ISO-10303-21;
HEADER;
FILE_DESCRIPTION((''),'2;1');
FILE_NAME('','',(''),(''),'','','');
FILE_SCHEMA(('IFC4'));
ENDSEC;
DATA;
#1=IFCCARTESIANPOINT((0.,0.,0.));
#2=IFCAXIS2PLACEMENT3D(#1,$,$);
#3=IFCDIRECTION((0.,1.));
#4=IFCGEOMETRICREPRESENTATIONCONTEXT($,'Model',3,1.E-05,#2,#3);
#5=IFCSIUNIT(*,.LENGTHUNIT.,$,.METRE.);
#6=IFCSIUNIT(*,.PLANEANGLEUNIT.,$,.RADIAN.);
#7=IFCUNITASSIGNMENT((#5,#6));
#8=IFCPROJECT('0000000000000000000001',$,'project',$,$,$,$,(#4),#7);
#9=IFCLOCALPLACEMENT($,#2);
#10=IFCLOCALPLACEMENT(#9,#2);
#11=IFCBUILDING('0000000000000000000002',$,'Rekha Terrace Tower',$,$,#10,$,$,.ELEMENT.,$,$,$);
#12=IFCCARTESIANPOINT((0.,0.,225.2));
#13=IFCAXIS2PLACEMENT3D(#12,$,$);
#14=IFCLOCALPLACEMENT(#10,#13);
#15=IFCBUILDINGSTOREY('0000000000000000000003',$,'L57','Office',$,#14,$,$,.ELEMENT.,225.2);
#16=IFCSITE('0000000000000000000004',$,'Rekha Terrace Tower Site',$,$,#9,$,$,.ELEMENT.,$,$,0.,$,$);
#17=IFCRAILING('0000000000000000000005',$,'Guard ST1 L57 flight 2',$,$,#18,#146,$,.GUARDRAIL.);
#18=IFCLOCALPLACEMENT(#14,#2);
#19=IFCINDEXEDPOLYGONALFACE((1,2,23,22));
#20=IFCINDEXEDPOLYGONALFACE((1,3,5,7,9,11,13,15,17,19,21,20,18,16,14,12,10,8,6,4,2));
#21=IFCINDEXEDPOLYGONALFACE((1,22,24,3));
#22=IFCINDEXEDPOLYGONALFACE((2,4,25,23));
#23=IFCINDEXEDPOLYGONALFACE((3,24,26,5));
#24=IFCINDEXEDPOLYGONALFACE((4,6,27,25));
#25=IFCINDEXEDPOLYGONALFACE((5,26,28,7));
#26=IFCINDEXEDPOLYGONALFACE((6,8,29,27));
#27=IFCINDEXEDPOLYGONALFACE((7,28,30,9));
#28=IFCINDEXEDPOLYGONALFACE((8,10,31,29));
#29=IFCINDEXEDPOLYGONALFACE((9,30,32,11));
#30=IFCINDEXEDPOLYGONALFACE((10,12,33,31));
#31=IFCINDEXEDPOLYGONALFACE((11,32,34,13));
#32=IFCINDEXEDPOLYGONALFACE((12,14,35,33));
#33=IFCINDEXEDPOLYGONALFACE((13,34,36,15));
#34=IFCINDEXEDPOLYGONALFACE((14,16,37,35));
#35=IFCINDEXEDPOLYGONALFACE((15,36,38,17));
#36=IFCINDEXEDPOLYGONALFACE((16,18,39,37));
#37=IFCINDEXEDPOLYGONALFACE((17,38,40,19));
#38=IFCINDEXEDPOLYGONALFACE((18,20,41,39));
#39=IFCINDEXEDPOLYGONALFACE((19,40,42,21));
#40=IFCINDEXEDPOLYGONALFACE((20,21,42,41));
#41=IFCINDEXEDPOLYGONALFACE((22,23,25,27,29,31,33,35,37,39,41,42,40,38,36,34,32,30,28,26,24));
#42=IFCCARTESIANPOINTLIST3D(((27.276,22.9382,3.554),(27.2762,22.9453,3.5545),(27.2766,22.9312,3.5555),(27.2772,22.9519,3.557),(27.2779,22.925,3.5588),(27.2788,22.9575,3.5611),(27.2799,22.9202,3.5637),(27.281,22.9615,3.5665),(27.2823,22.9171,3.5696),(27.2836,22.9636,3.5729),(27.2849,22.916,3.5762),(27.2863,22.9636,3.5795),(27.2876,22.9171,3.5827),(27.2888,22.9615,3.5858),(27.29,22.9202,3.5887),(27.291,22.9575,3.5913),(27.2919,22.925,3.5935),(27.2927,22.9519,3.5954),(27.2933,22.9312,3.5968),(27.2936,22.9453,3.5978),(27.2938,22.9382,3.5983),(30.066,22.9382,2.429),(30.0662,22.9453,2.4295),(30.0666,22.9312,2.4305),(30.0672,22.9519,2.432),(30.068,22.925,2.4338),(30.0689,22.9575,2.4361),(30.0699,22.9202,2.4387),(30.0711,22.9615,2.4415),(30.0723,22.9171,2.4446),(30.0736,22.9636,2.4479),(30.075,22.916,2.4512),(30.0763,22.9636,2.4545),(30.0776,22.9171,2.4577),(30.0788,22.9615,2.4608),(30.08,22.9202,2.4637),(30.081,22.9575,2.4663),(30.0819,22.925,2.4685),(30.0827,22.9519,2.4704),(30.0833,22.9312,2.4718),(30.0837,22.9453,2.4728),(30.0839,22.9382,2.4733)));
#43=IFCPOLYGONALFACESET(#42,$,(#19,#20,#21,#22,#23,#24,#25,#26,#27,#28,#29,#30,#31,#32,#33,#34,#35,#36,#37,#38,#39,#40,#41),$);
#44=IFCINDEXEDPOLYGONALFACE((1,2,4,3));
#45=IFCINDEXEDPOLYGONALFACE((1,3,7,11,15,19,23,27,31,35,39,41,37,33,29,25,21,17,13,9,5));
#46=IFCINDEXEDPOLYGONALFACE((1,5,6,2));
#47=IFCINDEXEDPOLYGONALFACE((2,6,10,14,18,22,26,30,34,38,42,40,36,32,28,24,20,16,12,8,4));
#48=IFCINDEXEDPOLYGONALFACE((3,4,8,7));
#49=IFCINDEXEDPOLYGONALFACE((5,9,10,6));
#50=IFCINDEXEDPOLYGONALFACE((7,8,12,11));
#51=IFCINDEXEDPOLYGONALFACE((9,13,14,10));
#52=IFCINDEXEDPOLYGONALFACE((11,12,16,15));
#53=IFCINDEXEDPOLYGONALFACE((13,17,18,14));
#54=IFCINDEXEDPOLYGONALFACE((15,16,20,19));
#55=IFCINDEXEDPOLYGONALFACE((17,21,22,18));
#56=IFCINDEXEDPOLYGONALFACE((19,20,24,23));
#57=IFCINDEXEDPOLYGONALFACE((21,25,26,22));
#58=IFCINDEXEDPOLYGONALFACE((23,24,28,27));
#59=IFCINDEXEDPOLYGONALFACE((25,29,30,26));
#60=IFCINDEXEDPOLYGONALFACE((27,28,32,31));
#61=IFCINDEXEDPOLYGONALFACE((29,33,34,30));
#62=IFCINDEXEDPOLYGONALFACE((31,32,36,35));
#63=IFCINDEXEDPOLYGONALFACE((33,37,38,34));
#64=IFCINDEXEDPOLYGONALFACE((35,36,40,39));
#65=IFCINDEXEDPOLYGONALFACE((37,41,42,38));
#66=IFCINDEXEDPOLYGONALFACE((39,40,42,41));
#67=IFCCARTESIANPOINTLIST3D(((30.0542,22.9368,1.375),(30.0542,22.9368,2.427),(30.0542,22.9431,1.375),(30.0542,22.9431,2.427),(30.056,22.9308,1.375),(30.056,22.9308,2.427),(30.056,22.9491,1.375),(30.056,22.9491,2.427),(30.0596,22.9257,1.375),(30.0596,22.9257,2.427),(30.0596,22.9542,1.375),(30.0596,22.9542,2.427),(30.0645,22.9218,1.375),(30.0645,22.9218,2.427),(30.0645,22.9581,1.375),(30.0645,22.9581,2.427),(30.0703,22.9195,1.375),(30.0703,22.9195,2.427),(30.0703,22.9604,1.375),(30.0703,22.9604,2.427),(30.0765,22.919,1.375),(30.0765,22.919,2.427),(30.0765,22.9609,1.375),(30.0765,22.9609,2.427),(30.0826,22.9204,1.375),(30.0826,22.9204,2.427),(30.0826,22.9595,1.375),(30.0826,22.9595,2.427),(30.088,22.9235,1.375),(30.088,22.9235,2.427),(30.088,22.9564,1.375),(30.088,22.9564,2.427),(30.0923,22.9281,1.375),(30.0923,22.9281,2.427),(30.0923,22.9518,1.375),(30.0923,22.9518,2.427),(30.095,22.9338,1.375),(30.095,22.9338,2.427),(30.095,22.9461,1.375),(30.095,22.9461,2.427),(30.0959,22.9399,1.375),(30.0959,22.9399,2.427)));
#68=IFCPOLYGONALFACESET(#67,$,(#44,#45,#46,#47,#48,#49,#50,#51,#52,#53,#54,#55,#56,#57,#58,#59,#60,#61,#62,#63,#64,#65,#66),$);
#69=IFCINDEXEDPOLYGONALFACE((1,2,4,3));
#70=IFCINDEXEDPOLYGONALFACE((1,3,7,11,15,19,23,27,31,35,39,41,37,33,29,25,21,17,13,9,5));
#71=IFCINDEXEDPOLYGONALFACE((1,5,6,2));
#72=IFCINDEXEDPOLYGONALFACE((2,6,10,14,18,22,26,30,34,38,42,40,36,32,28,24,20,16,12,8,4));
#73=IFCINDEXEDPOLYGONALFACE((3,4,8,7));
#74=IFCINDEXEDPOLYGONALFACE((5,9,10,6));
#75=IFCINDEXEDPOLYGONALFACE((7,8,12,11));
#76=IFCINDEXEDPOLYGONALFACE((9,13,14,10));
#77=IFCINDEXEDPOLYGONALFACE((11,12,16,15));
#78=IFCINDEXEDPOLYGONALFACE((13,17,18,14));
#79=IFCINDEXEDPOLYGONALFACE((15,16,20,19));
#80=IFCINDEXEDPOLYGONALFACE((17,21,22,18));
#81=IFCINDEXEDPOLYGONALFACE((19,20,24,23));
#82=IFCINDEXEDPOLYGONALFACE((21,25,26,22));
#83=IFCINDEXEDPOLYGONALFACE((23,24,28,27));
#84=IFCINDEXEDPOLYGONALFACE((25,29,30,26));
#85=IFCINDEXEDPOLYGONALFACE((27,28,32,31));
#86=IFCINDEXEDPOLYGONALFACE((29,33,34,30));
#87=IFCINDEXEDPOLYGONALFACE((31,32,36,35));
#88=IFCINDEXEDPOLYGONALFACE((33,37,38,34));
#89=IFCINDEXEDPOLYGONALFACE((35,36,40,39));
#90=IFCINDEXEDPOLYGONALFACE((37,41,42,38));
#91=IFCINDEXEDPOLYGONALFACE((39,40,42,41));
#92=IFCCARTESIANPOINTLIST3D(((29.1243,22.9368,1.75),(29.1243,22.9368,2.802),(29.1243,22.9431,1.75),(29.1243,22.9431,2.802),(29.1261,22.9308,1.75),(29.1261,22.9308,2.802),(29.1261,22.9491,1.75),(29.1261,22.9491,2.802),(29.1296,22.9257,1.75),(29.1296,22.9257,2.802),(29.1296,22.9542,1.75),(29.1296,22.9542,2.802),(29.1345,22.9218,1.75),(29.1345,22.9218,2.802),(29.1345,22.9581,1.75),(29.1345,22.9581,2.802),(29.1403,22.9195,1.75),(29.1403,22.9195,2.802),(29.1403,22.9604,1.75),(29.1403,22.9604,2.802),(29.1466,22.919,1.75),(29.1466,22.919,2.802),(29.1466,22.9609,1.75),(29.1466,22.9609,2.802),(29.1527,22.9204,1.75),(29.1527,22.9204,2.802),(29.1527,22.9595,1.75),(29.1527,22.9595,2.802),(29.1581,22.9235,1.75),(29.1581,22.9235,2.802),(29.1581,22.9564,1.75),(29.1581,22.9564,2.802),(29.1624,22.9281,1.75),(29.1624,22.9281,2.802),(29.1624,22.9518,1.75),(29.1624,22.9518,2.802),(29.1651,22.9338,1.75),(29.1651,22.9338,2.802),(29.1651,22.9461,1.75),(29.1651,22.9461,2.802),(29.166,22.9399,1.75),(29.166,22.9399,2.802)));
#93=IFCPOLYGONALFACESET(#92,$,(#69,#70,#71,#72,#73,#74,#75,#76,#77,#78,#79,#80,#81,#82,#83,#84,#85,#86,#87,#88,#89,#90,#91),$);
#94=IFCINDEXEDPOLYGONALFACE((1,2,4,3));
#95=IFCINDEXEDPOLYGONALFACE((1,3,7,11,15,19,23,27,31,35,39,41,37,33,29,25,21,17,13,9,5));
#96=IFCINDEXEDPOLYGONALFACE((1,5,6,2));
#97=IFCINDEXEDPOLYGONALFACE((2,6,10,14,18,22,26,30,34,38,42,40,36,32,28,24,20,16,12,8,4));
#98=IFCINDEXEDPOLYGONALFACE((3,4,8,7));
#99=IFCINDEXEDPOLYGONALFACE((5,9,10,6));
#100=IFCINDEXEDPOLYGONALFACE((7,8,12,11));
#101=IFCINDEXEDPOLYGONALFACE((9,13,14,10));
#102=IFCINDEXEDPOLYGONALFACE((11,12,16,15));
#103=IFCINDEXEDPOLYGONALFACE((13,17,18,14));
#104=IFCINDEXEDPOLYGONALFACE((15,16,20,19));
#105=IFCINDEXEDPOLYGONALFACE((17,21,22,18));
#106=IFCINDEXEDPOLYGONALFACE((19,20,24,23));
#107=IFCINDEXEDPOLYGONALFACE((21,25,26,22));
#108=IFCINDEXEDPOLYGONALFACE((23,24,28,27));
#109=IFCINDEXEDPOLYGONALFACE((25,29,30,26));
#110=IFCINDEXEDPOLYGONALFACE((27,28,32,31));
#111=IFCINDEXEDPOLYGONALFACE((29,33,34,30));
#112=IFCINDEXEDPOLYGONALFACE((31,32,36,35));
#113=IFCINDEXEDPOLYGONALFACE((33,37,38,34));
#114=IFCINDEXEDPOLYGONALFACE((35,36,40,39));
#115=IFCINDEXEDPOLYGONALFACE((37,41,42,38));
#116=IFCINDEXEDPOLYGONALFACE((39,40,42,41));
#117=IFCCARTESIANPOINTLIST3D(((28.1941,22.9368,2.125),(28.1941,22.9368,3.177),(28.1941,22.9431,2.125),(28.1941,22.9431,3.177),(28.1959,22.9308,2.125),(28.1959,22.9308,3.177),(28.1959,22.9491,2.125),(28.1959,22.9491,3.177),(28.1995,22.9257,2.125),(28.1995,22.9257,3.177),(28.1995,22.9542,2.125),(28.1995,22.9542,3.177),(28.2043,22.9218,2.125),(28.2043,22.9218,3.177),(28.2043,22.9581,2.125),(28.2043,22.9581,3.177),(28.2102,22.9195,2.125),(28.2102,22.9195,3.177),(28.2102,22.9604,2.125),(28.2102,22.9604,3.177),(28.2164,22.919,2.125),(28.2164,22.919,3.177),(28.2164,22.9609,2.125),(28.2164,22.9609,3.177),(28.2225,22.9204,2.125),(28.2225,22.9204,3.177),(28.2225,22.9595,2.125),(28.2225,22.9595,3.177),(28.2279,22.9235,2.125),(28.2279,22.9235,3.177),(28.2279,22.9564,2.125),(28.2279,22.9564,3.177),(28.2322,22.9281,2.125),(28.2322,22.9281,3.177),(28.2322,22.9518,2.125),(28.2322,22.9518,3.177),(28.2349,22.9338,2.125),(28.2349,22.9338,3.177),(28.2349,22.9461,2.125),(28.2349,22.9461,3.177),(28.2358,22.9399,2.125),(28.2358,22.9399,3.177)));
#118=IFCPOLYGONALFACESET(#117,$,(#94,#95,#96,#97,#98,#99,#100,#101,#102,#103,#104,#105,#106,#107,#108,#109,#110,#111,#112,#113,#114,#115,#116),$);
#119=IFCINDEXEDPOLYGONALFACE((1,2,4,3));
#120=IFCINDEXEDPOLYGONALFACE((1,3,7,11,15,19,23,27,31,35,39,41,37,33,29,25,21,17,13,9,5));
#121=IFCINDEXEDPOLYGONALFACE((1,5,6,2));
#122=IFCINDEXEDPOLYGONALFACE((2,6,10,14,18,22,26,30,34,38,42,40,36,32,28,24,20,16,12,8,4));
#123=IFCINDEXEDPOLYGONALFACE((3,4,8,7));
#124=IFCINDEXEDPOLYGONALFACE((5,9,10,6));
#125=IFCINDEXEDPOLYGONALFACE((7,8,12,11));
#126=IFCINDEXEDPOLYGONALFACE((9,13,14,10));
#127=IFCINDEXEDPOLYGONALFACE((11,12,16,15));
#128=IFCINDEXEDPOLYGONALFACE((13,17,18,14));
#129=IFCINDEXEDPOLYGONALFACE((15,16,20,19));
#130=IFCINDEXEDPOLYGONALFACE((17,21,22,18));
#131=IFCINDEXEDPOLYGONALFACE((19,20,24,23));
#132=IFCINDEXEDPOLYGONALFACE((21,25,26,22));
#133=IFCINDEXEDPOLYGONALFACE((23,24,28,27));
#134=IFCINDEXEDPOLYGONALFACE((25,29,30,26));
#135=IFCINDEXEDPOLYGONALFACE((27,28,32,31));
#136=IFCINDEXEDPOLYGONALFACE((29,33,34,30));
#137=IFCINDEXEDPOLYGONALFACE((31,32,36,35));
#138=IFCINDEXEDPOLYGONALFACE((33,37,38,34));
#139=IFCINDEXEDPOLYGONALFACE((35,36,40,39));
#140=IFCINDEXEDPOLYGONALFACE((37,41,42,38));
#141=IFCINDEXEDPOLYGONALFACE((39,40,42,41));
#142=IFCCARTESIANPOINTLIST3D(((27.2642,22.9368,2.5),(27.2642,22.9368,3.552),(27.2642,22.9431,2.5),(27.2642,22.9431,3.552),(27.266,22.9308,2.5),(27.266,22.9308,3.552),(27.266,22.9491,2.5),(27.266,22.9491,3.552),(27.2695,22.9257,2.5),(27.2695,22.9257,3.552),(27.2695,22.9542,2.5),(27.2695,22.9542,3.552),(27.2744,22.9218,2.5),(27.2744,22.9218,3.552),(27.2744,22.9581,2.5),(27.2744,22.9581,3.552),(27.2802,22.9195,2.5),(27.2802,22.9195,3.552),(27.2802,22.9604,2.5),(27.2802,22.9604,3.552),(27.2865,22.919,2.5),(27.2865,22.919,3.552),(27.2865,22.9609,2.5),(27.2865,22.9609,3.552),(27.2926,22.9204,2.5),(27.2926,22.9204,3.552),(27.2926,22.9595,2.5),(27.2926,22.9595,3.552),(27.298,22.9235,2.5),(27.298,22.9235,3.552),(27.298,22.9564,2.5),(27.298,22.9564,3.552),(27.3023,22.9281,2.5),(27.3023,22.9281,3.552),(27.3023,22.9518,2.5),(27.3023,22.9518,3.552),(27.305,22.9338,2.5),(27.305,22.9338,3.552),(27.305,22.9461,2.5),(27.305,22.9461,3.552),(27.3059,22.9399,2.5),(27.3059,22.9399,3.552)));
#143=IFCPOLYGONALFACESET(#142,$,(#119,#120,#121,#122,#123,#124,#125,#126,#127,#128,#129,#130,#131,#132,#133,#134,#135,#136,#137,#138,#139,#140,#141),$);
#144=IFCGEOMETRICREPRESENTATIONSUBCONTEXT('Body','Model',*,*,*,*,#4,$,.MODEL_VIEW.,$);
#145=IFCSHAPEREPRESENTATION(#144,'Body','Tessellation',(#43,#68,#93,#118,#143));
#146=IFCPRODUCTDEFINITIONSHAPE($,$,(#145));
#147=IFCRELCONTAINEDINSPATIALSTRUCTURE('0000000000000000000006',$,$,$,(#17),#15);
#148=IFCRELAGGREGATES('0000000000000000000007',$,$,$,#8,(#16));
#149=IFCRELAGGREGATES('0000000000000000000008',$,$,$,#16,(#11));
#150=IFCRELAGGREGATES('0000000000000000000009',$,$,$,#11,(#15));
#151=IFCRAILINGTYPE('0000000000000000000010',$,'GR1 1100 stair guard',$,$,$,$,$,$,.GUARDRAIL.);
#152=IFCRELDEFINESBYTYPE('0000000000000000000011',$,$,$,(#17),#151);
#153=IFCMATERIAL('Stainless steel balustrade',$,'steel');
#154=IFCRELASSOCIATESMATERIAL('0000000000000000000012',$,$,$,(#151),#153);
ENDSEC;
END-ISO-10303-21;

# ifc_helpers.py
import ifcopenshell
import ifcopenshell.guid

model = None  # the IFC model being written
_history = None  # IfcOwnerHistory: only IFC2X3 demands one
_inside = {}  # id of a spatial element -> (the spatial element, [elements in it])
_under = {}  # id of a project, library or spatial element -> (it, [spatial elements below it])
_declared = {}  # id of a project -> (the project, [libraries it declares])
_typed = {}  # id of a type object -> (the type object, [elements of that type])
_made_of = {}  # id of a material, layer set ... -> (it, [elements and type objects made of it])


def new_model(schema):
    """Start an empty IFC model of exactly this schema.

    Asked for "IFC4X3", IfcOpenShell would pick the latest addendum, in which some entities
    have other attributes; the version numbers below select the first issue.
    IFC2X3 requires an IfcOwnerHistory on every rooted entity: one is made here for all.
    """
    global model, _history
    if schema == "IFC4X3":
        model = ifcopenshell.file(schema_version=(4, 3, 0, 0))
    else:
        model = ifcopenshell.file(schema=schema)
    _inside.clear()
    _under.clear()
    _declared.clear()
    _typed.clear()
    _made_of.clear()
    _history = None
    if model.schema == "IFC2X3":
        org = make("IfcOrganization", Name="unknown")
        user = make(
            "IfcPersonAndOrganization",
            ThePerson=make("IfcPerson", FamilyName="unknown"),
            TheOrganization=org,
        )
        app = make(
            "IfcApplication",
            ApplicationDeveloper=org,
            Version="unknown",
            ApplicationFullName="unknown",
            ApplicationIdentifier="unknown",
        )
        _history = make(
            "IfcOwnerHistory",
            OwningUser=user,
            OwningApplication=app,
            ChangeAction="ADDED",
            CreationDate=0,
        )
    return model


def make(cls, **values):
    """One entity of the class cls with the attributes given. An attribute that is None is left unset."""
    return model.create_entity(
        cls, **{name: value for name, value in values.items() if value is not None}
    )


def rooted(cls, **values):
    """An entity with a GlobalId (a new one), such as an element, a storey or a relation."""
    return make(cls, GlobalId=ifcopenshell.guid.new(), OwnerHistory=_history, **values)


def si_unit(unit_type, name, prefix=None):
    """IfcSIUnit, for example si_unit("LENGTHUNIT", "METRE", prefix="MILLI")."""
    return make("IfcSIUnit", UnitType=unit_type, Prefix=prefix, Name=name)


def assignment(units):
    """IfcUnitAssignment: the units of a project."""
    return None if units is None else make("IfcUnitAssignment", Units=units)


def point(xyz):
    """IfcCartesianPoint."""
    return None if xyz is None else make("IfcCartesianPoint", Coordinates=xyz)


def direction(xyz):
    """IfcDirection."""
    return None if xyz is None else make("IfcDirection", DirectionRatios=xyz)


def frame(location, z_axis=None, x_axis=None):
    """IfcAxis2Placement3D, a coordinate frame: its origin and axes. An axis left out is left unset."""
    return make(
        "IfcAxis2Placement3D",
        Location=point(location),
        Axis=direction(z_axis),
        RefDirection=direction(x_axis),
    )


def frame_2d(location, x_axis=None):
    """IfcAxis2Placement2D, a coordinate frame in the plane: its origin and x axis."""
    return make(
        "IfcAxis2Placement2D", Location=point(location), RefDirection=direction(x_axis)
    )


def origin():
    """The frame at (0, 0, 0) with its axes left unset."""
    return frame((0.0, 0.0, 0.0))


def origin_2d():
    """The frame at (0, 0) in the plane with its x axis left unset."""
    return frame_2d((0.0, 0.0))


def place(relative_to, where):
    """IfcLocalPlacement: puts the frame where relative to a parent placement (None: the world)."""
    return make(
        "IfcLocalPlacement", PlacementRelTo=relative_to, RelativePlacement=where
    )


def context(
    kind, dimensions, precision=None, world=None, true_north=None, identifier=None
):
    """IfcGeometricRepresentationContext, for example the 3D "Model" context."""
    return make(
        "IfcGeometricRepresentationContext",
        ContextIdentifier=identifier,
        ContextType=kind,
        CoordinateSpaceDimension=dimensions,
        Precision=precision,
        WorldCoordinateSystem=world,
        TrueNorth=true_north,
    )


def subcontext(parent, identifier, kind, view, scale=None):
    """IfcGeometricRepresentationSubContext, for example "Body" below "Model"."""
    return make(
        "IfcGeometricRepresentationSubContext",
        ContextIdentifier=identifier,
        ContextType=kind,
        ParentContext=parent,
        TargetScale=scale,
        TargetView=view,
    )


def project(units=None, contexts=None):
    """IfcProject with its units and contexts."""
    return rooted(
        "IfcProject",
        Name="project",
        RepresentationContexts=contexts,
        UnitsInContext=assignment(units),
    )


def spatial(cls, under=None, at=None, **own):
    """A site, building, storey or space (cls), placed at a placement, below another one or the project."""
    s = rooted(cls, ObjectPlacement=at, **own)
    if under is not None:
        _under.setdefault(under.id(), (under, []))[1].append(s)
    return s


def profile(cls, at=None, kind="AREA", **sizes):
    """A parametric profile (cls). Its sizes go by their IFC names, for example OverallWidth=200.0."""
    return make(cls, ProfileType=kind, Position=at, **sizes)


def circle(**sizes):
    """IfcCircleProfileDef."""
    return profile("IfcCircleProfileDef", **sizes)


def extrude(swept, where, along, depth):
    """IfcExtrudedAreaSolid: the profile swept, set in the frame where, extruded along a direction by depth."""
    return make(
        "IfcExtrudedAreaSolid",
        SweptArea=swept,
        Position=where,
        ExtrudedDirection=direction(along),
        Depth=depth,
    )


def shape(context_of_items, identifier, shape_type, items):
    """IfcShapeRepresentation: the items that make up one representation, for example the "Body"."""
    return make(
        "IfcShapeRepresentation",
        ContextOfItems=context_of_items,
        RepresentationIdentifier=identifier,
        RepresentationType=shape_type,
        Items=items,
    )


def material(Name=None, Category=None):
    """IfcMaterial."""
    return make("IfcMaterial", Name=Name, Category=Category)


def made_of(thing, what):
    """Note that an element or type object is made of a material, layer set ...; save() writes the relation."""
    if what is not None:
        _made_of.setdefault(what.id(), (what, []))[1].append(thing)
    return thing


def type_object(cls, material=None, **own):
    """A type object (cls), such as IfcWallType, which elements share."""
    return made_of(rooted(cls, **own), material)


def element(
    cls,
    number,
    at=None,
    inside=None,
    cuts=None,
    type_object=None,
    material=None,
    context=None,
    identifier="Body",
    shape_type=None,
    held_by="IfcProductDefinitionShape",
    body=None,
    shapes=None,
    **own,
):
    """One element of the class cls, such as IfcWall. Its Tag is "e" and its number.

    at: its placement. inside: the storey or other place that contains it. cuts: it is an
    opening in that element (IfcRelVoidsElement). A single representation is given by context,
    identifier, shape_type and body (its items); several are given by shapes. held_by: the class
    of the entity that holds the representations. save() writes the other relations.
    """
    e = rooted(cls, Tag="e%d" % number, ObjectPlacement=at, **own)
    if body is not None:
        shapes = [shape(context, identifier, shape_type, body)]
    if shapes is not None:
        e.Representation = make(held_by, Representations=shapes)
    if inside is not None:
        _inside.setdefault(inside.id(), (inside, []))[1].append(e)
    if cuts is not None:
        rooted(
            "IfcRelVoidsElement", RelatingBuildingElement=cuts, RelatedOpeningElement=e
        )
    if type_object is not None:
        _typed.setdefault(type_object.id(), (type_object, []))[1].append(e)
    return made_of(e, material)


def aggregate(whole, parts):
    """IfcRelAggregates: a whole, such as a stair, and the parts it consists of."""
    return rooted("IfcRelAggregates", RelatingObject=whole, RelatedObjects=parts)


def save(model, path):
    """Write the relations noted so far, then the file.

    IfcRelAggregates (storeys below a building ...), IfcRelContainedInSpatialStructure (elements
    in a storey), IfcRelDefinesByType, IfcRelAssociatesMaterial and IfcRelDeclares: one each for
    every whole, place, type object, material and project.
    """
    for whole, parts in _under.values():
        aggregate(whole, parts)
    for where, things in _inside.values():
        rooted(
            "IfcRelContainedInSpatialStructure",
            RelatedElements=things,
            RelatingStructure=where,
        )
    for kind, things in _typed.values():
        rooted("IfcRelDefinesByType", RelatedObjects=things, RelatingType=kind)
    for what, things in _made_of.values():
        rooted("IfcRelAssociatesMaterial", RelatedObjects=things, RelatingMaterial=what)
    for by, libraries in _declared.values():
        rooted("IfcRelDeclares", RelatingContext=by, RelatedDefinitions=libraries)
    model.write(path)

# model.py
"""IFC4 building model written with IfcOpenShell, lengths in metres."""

from ifc_helpers import new_model, si_unit, direction, frame, origin, origin_2d, place, context, subcontext, project, spatial, circle, extrude, material, type_object, element, save


model = new_model("IFC4")

# Units and contexts
model_context = context("Model", 3, precision=1e-05, world=origin(), true_north=direction((0.0, 1.0)))
body_context = subcontext(model_context, "Body", "Model", "MODEL_VIEW")
ifc_project = project(units=[si_unit("LENGTHUNIT", "METRE"), si_unit("PLANEANGLEUNIT", "RADIAN")], contexts=[model_context])

# Site, building, storey
site_placement = place(None, origin())
site = spatial("IfcSite", under=ifc_project, at=site_placement, Name="Rekha Terrace Tower Site", CompositionType="ELEMENT", RefElevation=0.0)
building_placement = place(site_placement, origin())
building = spatial("IfcBuilding", under=site, at=building_placement, Name="Rekha Terrace Tower", CompositionType="ELEMENT")
storey_placement = place(building_placement, frame((0.0, 0.0, 225.2)))
storey = spatial("IfcBuildingStorey", under=building, at=storey_placement, Name="L57", Description="Office", CompositionType="ELEMENT", Elevation=225.2)

# Railing
ifc_material_1 = material(Name="Stainless steel balustrade", Category="steel")
railing_type_1 = type_object("IfcRailingType", Name="GR1 1100 stair guard", PredefinedType="GUARDRAIL", material=ifc_material_1)
railing_1_placement = place(storey_placement, frame((30.075, 22.9399, 1.375)))
element("IfcRailing", 1, at=railing_1_placement, inside=storey, type_object=railing_type_1, Name="Guard ST1 L57 flight 2", PredefinedType="GUARDRAIL", context=body_context, shape_type="SweptSolid", body=[
    extrude(circle(Radius=0.0239, at=origin_2d()), frame((0.0, 0.0, 1.0762), z_axis=(-0.927443, 0.0, 0.373964), x_axis=(0.0, -1.0, 0.0)), (0.0, 0.0, 1.0), 3.0083),
    extrude(circle(Radius=0.021, at=origin_2d()), origin(), (0.0, 0.0, 1.0), 1.052),
    extrude(circle(Radius=0.021, at=origin_2d()), frame((-0.9299, 0.0, 0.375)), (0.0, 0.0, 1.0), 1.052),
    extrude(circle(Radius=0.021, at=origin_2d()), frame((-1.8601, 0.0, 0.75)), (0.0, 0.0, 1.0), 1.052),
    extrude(circle(Radius=0.021, at=origin_2d()), frame((-2.79, 0.0, 1.125)), (0.0, 0.0, 1.0), 1.052),
])

save(model, "model.ifc")
